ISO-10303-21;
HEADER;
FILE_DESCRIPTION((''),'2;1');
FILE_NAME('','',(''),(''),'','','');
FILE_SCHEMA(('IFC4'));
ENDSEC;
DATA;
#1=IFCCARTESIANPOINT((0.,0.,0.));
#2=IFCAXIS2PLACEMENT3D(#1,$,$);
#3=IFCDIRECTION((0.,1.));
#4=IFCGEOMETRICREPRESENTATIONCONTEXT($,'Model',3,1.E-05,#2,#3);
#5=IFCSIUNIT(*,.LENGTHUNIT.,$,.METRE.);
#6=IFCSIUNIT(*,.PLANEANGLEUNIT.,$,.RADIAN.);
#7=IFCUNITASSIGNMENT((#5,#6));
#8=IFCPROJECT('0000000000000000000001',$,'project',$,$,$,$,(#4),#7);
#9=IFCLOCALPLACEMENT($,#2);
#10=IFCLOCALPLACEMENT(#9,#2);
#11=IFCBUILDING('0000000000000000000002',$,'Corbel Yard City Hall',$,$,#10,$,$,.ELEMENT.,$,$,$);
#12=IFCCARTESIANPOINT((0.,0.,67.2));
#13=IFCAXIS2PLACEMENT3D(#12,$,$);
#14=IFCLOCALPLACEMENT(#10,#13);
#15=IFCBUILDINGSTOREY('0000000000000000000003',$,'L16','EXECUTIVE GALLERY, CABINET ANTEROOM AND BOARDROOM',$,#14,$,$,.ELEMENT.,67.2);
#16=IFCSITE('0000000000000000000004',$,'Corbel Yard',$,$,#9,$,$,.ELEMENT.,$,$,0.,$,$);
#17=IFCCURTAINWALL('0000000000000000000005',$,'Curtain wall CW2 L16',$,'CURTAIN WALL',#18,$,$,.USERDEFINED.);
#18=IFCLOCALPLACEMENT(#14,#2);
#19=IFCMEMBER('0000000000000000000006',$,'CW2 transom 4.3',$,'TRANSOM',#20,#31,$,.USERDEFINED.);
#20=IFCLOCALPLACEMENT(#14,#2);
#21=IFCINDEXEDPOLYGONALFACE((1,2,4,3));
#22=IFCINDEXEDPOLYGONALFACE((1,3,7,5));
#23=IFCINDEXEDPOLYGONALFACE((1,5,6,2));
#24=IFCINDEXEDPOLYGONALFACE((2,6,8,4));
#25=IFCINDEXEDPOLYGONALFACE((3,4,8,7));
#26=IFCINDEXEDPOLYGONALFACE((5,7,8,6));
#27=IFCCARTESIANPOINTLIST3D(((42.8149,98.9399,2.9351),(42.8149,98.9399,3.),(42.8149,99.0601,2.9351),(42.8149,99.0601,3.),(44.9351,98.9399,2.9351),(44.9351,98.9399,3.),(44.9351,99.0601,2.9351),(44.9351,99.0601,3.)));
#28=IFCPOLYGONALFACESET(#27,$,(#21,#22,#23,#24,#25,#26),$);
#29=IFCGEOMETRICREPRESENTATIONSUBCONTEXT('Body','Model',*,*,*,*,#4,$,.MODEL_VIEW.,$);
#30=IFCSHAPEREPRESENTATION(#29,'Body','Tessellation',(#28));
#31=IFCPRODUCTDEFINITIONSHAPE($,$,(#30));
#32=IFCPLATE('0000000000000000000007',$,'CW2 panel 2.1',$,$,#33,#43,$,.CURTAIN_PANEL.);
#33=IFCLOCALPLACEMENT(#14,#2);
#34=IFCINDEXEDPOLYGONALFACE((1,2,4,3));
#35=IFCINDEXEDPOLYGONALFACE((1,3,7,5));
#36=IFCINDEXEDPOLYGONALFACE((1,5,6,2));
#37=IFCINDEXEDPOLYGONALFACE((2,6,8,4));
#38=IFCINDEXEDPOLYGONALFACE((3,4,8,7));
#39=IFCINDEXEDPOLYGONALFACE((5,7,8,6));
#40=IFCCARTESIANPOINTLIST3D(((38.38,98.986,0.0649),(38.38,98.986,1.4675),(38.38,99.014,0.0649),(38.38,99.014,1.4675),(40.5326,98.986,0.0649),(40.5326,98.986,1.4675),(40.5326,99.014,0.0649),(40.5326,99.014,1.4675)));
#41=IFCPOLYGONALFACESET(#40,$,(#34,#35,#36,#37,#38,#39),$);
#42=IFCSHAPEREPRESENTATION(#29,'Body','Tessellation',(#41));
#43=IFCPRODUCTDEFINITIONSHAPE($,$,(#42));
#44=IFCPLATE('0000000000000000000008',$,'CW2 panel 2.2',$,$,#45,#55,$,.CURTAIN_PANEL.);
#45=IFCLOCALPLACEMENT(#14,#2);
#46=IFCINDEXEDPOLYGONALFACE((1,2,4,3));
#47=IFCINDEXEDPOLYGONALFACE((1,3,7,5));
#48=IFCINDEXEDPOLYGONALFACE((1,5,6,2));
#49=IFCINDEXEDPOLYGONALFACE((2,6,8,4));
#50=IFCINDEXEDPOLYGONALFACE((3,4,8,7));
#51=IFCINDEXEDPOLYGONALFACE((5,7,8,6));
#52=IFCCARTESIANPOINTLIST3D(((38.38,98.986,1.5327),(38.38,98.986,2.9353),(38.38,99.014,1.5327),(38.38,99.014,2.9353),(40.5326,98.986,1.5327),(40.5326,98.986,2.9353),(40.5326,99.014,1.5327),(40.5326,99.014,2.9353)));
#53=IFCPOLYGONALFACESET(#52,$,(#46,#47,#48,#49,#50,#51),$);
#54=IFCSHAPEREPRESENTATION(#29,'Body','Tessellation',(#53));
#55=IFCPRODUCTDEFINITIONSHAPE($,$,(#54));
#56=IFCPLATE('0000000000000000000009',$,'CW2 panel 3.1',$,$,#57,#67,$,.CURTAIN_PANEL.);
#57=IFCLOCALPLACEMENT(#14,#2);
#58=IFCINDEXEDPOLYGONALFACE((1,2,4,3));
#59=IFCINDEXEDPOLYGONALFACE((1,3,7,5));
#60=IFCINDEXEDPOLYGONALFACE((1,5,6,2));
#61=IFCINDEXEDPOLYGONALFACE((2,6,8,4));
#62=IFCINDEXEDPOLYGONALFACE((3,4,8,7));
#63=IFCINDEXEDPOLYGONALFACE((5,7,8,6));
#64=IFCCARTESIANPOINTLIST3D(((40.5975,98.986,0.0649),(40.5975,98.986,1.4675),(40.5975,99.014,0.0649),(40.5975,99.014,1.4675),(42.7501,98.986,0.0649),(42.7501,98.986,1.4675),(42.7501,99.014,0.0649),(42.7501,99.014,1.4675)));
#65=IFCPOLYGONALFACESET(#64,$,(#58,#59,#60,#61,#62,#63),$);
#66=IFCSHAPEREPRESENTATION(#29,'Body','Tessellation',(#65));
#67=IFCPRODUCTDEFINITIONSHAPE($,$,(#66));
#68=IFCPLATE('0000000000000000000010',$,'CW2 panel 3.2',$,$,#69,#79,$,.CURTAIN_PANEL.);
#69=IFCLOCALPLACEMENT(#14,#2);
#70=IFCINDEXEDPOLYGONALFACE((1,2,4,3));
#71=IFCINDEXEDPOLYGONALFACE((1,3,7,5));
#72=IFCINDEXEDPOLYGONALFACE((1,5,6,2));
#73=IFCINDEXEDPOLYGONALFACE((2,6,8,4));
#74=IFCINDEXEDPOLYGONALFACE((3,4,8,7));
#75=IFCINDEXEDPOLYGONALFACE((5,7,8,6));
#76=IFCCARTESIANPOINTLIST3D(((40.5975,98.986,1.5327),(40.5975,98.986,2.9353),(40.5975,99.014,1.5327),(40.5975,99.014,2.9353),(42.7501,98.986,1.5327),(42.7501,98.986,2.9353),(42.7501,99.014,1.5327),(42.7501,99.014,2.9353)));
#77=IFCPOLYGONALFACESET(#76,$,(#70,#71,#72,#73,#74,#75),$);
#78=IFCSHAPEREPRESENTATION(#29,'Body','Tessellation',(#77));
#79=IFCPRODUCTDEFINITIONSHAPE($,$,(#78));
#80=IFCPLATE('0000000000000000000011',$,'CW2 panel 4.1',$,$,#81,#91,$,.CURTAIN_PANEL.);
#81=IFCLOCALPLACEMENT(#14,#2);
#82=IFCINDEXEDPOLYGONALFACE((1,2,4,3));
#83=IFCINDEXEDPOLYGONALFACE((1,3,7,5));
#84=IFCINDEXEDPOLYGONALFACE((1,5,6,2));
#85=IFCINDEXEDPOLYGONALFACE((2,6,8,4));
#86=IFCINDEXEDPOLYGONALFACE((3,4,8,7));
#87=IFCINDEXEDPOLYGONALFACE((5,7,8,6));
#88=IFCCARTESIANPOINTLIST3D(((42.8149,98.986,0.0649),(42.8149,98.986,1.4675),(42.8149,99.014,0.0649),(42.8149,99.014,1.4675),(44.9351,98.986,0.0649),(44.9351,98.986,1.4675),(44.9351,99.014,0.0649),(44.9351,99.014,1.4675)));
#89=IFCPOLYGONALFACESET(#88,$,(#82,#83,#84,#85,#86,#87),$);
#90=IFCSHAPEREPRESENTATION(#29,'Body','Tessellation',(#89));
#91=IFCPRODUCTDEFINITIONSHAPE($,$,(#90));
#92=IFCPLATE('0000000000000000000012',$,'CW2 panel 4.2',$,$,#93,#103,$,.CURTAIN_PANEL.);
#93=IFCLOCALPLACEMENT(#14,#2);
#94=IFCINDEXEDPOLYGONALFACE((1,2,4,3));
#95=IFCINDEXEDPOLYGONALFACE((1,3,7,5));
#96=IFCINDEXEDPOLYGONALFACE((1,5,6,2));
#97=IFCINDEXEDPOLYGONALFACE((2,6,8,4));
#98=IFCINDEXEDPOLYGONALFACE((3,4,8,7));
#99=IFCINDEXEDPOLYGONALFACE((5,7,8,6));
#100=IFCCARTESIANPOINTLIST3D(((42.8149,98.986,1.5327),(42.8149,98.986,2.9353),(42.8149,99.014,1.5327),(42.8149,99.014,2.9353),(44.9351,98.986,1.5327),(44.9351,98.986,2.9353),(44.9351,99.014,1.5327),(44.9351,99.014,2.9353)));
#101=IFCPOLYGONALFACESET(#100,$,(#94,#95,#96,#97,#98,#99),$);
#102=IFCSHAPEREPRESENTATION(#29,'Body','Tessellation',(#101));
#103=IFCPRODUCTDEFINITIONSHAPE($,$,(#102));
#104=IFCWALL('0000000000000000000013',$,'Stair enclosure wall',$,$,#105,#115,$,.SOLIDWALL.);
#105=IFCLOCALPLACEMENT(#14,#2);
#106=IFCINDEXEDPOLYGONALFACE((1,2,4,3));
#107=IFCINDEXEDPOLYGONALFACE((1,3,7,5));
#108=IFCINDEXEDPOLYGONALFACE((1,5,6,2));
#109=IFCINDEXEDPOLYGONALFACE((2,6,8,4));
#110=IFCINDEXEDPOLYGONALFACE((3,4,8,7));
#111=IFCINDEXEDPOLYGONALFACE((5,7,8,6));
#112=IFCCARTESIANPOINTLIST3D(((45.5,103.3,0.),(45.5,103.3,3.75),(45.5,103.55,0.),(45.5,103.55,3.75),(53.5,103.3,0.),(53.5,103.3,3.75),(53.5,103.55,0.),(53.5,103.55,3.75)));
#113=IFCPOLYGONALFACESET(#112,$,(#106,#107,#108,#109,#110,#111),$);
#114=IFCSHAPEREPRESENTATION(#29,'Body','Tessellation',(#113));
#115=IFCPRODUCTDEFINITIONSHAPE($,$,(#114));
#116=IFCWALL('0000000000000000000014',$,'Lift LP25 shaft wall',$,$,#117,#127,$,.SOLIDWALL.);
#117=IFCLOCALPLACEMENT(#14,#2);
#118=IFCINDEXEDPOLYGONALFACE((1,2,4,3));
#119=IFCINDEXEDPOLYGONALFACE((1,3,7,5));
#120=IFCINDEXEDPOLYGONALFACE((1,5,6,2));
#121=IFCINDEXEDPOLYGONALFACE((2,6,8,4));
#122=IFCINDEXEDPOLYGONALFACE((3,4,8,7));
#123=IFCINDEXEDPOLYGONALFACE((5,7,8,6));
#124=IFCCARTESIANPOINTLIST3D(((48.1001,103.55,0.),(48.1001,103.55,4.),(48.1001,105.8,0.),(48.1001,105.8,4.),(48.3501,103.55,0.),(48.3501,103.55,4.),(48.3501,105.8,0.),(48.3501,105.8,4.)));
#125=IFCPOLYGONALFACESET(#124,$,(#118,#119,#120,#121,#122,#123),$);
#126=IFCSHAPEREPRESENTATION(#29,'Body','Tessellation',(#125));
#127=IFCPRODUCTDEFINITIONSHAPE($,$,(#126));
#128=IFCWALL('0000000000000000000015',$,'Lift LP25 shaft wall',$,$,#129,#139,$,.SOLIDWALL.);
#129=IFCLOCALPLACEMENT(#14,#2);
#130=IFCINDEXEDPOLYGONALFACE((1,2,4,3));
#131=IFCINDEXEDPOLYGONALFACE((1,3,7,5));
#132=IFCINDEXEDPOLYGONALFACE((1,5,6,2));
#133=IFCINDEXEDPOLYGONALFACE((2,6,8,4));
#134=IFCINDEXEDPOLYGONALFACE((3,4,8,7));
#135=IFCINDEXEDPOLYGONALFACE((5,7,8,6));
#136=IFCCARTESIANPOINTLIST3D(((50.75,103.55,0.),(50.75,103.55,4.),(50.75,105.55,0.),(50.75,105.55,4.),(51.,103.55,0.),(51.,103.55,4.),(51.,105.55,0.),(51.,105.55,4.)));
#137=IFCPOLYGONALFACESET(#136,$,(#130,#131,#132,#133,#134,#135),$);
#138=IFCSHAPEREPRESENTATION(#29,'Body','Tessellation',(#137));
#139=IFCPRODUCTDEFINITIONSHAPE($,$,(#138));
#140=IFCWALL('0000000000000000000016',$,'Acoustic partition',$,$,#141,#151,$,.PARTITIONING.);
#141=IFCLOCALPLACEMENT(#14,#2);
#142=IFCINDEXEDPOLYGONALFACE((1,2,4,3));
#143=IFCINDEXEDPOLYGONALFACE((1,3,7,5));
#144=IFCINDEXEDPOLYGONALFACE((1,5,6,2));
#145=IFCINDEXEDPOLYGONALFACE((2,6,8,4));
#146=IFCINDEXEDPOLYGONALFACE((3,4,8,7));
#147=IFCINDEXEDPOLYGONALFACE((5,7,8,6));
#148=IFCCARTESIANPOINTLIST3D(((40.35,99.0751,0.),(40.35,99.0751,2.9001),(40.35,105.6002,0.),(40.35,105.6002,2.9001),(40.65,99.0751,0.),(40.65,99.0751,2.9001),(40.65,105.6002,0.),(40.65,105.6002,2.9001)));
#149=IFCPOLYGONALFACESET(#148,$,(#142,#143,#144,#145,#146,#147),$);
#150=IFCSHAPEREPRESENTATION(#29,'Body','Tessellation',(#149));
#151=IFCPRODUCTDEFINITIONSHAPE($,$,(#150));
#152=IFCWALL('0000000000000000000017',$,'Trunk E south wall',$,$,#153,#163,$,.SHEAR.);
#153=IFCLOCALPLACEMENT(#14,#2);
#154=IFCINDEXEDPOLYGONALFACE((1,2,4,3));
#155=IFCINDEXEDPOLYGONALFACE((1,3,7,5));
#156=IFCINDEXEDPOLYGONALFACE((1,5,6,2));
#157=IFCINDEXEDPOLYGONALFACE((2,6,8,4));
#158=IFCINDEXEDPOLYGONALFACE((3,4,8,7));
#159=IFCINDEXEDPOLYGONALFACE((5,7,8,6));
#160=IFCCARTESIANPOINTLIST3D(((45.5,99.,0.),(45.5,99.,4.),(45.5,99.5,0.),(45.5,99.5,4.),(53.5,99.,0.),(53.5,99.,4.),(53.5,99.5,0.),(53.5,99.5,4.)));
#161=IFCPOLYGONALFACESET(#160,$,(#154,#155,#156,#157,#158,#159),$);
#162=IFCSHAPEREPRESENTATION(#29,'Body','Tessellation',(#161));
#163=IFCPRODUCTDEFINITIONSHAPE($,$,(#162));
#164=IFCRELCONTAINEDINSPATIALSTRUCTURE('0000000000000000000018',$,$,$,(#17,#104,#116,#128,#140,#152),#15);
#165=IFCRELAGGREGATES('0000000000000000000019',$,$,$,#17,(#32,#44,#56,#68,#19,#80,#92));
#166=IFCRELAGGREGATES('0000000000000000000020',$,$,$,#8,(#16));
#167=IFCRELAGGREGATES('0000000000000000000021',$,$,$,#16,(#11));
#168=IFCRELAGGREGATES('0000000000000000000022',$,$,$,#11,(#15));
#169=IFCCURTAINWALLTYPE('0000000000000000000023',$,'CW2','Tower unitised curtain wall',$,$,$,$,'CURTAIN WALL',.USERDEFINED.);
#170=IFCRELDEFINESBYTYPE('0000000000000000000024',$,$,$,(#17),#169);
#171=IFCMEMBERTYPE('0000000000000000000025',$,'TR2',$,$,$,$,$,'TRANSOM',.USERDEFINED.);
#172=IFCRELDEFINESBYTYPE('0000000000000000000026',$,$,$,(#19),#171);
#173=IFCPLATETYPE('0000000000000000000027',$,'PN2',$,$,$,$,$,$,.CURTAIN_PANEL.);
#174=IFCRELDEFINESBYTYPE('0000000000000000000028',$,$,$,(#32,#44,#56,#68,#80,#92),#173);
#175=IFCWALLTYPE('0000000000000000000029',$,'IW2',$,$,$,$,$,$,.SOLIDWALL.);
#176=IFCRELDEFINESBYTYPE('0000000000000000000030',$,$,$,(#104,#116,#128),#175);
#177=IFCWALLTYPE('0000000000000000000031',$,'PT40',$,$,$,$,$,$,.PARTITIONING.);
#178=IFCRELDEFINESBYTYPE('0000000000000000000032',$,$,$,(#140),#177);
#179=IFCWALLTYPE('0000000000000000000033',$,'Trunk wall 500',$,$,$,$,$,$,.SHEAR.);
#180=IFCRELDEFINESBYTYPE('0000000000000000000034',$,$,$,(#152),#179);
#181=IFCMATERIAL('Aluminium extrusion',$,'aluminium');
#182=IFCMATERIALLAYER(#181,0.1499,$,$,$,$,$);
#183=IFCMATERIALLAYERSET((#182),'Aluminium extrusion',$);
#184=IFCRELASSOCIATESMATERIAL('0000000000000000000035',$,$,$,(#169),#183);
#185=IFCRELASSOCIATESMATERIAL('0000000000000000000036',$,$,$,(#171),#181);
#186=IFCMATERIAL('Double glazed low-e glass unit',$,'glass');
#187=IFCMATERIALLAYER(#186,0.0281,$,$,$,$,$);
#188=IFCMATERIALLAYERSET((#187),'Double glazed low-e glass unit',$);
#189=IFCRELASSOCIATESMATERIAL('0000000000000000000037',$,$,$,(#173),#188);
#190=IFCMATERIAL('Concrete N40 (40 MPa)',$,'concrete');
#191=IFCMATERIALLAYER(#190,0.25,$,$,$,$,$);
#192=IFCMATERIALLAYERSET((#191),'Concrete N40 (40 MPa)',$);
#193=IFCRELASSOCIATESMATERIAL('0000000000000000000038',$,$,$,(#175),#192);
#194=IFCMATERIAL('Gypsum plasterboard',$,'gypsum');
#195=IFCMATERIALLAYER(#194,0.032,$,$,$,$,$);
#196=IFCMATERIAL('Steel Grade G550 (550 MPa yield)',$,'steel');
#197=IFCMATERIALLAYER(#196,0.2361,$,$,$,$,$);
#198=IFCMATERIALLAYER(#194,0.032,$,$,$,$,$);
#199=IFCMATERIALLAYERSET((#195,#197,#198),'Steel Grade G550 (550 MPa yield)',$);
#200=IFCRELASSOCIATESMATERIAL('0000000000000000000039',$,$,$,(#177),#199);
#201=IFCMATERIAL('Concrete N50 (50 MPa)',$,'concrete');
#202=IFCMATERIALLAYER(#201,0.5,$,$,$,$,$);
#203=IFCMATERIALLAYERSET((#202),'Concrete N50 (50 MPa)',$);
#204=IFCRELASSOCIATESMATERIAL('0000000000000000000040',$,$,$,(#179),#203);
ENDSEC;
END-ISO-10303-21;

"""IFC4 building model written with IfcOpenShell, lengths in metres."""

from ifc_helpers import new_model, si_unit, direction, frame, frame_2d, origin, origin_2d, place, context, subcontext, project, spatial, rectangle, extrude, material, layer, layer_set, material_profile, profile_set, type_object, element, aggregate, save


model = new_model("IFC4")

# Units and contexts
model_context = context("Model", 3, precision=1e-05, world=origin(), true_north=direction((0.0, 1.0)))
body_context = subcontext(model_context, "Body", "Model", "MODEL_VIEW")
ifc_project = project(units=[si_unit("LENGTHUNIT", "METRE"), si_unit("PLANEANGLEUNIT", "RADIAN")], contexts=[model_context])

# Site, building, storey
site_placement = place(None, origin())
site = spatial("IfcSite", under=ifc_project, at=site_placement, Name="Corbel Yard", CompositionType="ELEMENT", RefElevation=0.0)
building_placement = place(site_placement, origin())
building = spatial("IfcBuilding", under=site, at=building_placement, Name="Corbel Yard City Hall", CompositionType="ELEMENT")
storey_placement = place(building_placement, frame((0.0, 0.0, 67.2)))
storey = spatial("IfcBuildingStorey", under=building, at=storey_placement, Name="L16", Description="EXECUTIVE GALLERY, CABINET ANTEROOM AND BOARDROOM", CompositionType="ELEMENT", Elevation=67.2)

# Curtain wall, member, plates
ifc_material_1 = material(Name="Aluminium extrusion", Category="aluminium")
ifc_layer_1 = layer(ifc_material_1, 0.1499)
ifc_layer_set_1 = layer_set([ifc_layer_1], Name="Aluminium extrusion")
curtain_wall_type = type_object("IfcCurtainWallType", Name="CW2", Description="Tower unitised curtain wall", ElementType="CURTAIN WALL", PredefinedType="USERDEFINED", material=ifc_layer_set_1)
curtain_wall_placement = place(storey_placement, origin())
curtain_wall = element("IfcCurtainWall", 1, at=curtain_wall_placement, inside=storey, type_object=curtain_wall_type, Name="Curtain wall CW2 L16", ObjectType="CURTAIN WALL", PredefinedType="USERDEFINED")
ifc_material_profile_1 = material_profile(ifc_material_1, rectangle(XDim=0.1201, YDim=0.0649, at=origin_2d()), Name="120x65")
ifc_profile_set_1 = profile_set([ifc_material_profile_1], Name="Aluminium extrusion")
member_type_1 = type_object("IfcMemberType", Name="TR2", ElementType="TRANSOM", PredefinedType="USERDEFINED", material=ifc_profile_set_1)
member_1_placement = place(storey_placement, frame((42.8149, 99.0, 2.9675), z_axis=(1.0, 0.0, 0.0), x_axis=(0.0, 1.0, 0.0)))
member_1 = element("IfcMember", 2, at=member_1_placement, type_object=member_type_1, Name="CW2 transom 4.3", ObjectType="TRANSOM", PredefinedType="USERDEFINED", context=body_context, shape_type="SweptSolid", body=[
    extrude(rectangle(XDim=0.1201, YDim=0.0649, at=origin_2d()), origin(), (0.0, 0.0, 1.0), 2.1201),
])
ifc_material_2 = material(Name="Double glazed low-e glass unit", Category="glass")
ifc_layer_2 = layer(ifc_material_2, 0.0281)
ifc_layer_set_2 = layer_set([ifc_layer_2], Name="Double glazed low-e glass unit")
plate_type = type_object("IfcPlateType", Name="PN2", PredefinedType="CURTAIN_PANEL", material=ifc_layer_set_2)
plate_1_placement = place(storey_placement, frame((39.4563, 99.0, 0.0649), z_axis=(0.0, 0.0, 1.0), x_axis=(1.0, 0.0, 0.0)))
plate_1 = element("IfcPlate", 3, at=plate_1_placement, type_object=plate_type, Name="CW2 panel 2.1", PredefinedType="CURTAIN_PANEL", context=body_context, shape_type="SweptSolid", body=[
    extrude(rectangle(XDim=2.1526, YDim=0.0281, at=origin_2d()), origin(), (0.0, 0.0, 1.0), 1.4026),
])
plate_2_placement = place(storey_placement, frame((39.4563, 99.0, 1.5327), z_axis=(0.0, 0.0, 1.0), x_axis=(1.0, 0.0, 0.0)))
plate_2 = element("IfcPlate", 4, at=plate_2_placement, type_object=plate_type, Name="CW2 panel 2.2", PredefinedType="CURTAIN_PANEL", context=body_context, shape_type="SweptSolid", body=[
    extrude(rectangle(XDim=2.1526, YDim=0.0281, at=origin_2d()), origin(), (0.0, 0.0, 1.0), 1.4026),
])
plate_3_placement = place(storey_placement, frame((41.6738, 99.0, 0.0649), z_axis=(0.0, 0.0, 1.0), x_axis=(1.0, 0.0, 0.0)))
plate_3 = element("IfcPlate", 5, at=plate_3_placement, type_object=plate_type, Name="CW2 panel 3.1", PredefinedType="CURTAIN_PANEL", context=body_context, shape_type="SweptSolid", body=[
    extrude(rectangle(XDim=2.1526, YDim=0.0281, at=origin_2d()), origin(), (0.0, 0.0, 1.0), 1.4026),
])
plate_4_placement = place(storey_placement, frame((41.6738, 99.0, 1.5327), z_axis=(0.0, 0.0, 1.0), x_axis=(1.0, 0.0, 0.0)))
plate_4 = element("IfcPlate", 6, at=plate_4_placement, type_object=plate_type, Name="CW2 panel 3.2", PredefinedType="CURTAIN_PANEL", context=body_context, shape_type="SweptSolid", body=[
    extrude(rectangle(XDim=2.1526, YDim=0.0281, at=origin_2d()), origin(), (0.0, 0.0, 1.0), 1.4026),
])
plate_5_placement = place(storey_placement, frame((43.875, 99.0, 0.0649), z_axis=(0.0, 0.0, 1.0), x_axis=(1.0, 0.0, 0.0)))
plate_5 = element("IfcPlate", 7, at=plate_5_placement, type_object=plate_type, Name="CW2 panel 4.1", PredefinedType="CURTAIN_PANEL", context=body_context, shape_type="SweptSolid", body=[
    extrude(rectangle(XDim=2.1201, YDim=0.0281, at=origin_2d()), origin(), (0.0, 0.0, 1.0), 1.4026),
])
plate_6_placement = place(storey_placement, frame((43.875, 99.0, 1.5327), z_axis=(0.0, 0.0, 1.0), x_axis=(1.0, 0.0, 0.0)))
plate_6 = element("IfcPlate", 8, at=plate_6_placement, type_object=plate_type, Name="CW2 panel 4.2", PredefinedType="CURTAIN_PANEL", context=body_context, shape_type="SweptSolid", body=[
    extrude(rectangle(XDim=2.1201, YDim=0.0281, at=origin_2d()), origin(), (0.0, 0.0, 1.0), 1.4026),
])
aggregate(curtain_wall, [plate_1, plate_2, plate_3, plate_4, member_1, plate_5, plate_6])

# Walls
ifc_material_3 = material(Name="Concrete N40 (40 MPa)", Category="concrete")
ifc_layer_3 = layer(ifc_material_3, 0.25)
ifc_layer_set_3 = layer_set([ifc_layer_3], Name="Concrete N40 (40 MPa)")
wall_type_1 = type_object("IfcWallType", Name="IW2", PredefinedType="SOLIDWALL", material=ifc_layer_set_3)
wall_1_placement = place(storey_placement, frame((45.5, 103.425, 0.0), z_axis=(0.0, 0.0, 1.0), x_axis=(1.0, 0.0, 0.0)))
element("IfcWall", 9, at=wall_1_placement, inside=storey, type_object=wall_type_1, Name="Stair enclosure wall", PredefinedType="SOLIDWALL", context=body_context, shape_type="SweptSolid", body=[
    extrude(rectangle(XDim=8.0, YDim=0.25, at=frame_2d((4.0, 0.0))), origin(), (0.0, 0.0, 1.0), 3.75),
])
wall_2_placement = place(storey_placement, frame((48.2251, 103.55, 0.0), z_axis=(0.0, 0.0, 1.0), x_axis=(0.0, 1.0, 0.0)))
element("IfcWall", 10, at=wall_2_placement, inside=storey, type_object=wall_type_1, Name="Lift LP25 shaft wall", PredefinedType="SOLIDWALL", context=body_context, shape_type="SweptSolid", body=[
    extrude(rectangle(XDim=2.25, YDim=0.25, at=frame_2d((1.125, 0.0))), origin(), (0.0, 0.0, 1.0), 4.0),
])
wall_3_placement = place(storey_placement, frame((50.875, 103.55, 0.0), z_axis=(0.0, 0.0, 1.0), x_axis=(0.0, 1.0, 0.0)))
element("IfcWall", 11, at=wall_3_placement, inside=storey, type_object=wall_type_1, Name="Lift LP25 shaft wall", PredefinedType="SOLIDWALL", context=body_context, shape_type="SweptSolid", body=[
    extrude(rectangle(XDim=2.0, YDim=0.25, at=frame_2d((1.0, 0.0))), origin(), (0.0, 0.0, 1.0), 4.0),
])
ifc_material_4 = material(Name="Gypsum plasterboard", Category="gypsum")
ifc_layer_4 = layer(ifc_material_4, 0.032)
ifc_material_5 = material(Name="Steel Grade G550 (550 MPa yield)", Category="steel")
ifc_layer_5 = layer(ifc_material_5, 0.2361)
ifc_layer_6 = layer(ifc_material_4, 0.032)
ifc_layer_set_4 = layer_set([ifc_layer_4, ifc_layer_5, ifc_layer_6], Name="Steel Grade G550 (550 MPa yield)")
wall_type_2 = type_object("IfcWallType", Name="PT40", PredefinedType="PARTITIONING", material=ifc_layer_set_4)
wall_4_placement = place(storey_placement, frame((40.5, 99.075, 0.0), z_axis=(0.0, 0.0, 1.0), x_axis=(0.0, 1.0, 0.0)))
element("IfcWall", 12, at=wall_4_placement, inside=storey, type_object=wall_type_2, Name="Acoustic partition", PredefinedType="PARTITIONING", context=body_context, shape_type="SweptSolid", body=[
    extrude(rectangle(XDim=6.5251, YDim=0.3, at=frame_2d((3.2627, 0.0))), origin(), (0.0, 0.0, 1.0), 2.9001),
])
ifc_material_6 = material(Name="Concrete N50 (50 MPa)", Category="concrete")
ifc_layer_7 = layer(ifc_material_6, 0.5)
ifc_layer_set_5 = layer_set([ifc_layer_7], Name="Concrete N50 (50 MPa)")
wall_type_3 = type_object("IfcWallType", Name="Trunk wall 500", PredefinedType="SHEAR", material=ifc_layer_set_5)
wall_5_placement = place(storey_placement, frame((45.5, 99.25, 0.0), z_axis=(0.0, 0.0, 1.0), x_axis=(1.0, 0.0, 0.0)))
element("IfcWall", 13, at=wall_5_placement, inside=storey, type_object=wall_type_3, Name="Trunk E south wall", PredefinedType="SHEAR", context=body_context, shape_type="SweptSolid", body=[
    extrude(rectangle(XDim=8.0, YDim=0.5, at=frame_2d((4.0, 0.0))), origin(), (0.0, 0.0, 1.0), 4.0),
])

save(model, "model.ifc")
